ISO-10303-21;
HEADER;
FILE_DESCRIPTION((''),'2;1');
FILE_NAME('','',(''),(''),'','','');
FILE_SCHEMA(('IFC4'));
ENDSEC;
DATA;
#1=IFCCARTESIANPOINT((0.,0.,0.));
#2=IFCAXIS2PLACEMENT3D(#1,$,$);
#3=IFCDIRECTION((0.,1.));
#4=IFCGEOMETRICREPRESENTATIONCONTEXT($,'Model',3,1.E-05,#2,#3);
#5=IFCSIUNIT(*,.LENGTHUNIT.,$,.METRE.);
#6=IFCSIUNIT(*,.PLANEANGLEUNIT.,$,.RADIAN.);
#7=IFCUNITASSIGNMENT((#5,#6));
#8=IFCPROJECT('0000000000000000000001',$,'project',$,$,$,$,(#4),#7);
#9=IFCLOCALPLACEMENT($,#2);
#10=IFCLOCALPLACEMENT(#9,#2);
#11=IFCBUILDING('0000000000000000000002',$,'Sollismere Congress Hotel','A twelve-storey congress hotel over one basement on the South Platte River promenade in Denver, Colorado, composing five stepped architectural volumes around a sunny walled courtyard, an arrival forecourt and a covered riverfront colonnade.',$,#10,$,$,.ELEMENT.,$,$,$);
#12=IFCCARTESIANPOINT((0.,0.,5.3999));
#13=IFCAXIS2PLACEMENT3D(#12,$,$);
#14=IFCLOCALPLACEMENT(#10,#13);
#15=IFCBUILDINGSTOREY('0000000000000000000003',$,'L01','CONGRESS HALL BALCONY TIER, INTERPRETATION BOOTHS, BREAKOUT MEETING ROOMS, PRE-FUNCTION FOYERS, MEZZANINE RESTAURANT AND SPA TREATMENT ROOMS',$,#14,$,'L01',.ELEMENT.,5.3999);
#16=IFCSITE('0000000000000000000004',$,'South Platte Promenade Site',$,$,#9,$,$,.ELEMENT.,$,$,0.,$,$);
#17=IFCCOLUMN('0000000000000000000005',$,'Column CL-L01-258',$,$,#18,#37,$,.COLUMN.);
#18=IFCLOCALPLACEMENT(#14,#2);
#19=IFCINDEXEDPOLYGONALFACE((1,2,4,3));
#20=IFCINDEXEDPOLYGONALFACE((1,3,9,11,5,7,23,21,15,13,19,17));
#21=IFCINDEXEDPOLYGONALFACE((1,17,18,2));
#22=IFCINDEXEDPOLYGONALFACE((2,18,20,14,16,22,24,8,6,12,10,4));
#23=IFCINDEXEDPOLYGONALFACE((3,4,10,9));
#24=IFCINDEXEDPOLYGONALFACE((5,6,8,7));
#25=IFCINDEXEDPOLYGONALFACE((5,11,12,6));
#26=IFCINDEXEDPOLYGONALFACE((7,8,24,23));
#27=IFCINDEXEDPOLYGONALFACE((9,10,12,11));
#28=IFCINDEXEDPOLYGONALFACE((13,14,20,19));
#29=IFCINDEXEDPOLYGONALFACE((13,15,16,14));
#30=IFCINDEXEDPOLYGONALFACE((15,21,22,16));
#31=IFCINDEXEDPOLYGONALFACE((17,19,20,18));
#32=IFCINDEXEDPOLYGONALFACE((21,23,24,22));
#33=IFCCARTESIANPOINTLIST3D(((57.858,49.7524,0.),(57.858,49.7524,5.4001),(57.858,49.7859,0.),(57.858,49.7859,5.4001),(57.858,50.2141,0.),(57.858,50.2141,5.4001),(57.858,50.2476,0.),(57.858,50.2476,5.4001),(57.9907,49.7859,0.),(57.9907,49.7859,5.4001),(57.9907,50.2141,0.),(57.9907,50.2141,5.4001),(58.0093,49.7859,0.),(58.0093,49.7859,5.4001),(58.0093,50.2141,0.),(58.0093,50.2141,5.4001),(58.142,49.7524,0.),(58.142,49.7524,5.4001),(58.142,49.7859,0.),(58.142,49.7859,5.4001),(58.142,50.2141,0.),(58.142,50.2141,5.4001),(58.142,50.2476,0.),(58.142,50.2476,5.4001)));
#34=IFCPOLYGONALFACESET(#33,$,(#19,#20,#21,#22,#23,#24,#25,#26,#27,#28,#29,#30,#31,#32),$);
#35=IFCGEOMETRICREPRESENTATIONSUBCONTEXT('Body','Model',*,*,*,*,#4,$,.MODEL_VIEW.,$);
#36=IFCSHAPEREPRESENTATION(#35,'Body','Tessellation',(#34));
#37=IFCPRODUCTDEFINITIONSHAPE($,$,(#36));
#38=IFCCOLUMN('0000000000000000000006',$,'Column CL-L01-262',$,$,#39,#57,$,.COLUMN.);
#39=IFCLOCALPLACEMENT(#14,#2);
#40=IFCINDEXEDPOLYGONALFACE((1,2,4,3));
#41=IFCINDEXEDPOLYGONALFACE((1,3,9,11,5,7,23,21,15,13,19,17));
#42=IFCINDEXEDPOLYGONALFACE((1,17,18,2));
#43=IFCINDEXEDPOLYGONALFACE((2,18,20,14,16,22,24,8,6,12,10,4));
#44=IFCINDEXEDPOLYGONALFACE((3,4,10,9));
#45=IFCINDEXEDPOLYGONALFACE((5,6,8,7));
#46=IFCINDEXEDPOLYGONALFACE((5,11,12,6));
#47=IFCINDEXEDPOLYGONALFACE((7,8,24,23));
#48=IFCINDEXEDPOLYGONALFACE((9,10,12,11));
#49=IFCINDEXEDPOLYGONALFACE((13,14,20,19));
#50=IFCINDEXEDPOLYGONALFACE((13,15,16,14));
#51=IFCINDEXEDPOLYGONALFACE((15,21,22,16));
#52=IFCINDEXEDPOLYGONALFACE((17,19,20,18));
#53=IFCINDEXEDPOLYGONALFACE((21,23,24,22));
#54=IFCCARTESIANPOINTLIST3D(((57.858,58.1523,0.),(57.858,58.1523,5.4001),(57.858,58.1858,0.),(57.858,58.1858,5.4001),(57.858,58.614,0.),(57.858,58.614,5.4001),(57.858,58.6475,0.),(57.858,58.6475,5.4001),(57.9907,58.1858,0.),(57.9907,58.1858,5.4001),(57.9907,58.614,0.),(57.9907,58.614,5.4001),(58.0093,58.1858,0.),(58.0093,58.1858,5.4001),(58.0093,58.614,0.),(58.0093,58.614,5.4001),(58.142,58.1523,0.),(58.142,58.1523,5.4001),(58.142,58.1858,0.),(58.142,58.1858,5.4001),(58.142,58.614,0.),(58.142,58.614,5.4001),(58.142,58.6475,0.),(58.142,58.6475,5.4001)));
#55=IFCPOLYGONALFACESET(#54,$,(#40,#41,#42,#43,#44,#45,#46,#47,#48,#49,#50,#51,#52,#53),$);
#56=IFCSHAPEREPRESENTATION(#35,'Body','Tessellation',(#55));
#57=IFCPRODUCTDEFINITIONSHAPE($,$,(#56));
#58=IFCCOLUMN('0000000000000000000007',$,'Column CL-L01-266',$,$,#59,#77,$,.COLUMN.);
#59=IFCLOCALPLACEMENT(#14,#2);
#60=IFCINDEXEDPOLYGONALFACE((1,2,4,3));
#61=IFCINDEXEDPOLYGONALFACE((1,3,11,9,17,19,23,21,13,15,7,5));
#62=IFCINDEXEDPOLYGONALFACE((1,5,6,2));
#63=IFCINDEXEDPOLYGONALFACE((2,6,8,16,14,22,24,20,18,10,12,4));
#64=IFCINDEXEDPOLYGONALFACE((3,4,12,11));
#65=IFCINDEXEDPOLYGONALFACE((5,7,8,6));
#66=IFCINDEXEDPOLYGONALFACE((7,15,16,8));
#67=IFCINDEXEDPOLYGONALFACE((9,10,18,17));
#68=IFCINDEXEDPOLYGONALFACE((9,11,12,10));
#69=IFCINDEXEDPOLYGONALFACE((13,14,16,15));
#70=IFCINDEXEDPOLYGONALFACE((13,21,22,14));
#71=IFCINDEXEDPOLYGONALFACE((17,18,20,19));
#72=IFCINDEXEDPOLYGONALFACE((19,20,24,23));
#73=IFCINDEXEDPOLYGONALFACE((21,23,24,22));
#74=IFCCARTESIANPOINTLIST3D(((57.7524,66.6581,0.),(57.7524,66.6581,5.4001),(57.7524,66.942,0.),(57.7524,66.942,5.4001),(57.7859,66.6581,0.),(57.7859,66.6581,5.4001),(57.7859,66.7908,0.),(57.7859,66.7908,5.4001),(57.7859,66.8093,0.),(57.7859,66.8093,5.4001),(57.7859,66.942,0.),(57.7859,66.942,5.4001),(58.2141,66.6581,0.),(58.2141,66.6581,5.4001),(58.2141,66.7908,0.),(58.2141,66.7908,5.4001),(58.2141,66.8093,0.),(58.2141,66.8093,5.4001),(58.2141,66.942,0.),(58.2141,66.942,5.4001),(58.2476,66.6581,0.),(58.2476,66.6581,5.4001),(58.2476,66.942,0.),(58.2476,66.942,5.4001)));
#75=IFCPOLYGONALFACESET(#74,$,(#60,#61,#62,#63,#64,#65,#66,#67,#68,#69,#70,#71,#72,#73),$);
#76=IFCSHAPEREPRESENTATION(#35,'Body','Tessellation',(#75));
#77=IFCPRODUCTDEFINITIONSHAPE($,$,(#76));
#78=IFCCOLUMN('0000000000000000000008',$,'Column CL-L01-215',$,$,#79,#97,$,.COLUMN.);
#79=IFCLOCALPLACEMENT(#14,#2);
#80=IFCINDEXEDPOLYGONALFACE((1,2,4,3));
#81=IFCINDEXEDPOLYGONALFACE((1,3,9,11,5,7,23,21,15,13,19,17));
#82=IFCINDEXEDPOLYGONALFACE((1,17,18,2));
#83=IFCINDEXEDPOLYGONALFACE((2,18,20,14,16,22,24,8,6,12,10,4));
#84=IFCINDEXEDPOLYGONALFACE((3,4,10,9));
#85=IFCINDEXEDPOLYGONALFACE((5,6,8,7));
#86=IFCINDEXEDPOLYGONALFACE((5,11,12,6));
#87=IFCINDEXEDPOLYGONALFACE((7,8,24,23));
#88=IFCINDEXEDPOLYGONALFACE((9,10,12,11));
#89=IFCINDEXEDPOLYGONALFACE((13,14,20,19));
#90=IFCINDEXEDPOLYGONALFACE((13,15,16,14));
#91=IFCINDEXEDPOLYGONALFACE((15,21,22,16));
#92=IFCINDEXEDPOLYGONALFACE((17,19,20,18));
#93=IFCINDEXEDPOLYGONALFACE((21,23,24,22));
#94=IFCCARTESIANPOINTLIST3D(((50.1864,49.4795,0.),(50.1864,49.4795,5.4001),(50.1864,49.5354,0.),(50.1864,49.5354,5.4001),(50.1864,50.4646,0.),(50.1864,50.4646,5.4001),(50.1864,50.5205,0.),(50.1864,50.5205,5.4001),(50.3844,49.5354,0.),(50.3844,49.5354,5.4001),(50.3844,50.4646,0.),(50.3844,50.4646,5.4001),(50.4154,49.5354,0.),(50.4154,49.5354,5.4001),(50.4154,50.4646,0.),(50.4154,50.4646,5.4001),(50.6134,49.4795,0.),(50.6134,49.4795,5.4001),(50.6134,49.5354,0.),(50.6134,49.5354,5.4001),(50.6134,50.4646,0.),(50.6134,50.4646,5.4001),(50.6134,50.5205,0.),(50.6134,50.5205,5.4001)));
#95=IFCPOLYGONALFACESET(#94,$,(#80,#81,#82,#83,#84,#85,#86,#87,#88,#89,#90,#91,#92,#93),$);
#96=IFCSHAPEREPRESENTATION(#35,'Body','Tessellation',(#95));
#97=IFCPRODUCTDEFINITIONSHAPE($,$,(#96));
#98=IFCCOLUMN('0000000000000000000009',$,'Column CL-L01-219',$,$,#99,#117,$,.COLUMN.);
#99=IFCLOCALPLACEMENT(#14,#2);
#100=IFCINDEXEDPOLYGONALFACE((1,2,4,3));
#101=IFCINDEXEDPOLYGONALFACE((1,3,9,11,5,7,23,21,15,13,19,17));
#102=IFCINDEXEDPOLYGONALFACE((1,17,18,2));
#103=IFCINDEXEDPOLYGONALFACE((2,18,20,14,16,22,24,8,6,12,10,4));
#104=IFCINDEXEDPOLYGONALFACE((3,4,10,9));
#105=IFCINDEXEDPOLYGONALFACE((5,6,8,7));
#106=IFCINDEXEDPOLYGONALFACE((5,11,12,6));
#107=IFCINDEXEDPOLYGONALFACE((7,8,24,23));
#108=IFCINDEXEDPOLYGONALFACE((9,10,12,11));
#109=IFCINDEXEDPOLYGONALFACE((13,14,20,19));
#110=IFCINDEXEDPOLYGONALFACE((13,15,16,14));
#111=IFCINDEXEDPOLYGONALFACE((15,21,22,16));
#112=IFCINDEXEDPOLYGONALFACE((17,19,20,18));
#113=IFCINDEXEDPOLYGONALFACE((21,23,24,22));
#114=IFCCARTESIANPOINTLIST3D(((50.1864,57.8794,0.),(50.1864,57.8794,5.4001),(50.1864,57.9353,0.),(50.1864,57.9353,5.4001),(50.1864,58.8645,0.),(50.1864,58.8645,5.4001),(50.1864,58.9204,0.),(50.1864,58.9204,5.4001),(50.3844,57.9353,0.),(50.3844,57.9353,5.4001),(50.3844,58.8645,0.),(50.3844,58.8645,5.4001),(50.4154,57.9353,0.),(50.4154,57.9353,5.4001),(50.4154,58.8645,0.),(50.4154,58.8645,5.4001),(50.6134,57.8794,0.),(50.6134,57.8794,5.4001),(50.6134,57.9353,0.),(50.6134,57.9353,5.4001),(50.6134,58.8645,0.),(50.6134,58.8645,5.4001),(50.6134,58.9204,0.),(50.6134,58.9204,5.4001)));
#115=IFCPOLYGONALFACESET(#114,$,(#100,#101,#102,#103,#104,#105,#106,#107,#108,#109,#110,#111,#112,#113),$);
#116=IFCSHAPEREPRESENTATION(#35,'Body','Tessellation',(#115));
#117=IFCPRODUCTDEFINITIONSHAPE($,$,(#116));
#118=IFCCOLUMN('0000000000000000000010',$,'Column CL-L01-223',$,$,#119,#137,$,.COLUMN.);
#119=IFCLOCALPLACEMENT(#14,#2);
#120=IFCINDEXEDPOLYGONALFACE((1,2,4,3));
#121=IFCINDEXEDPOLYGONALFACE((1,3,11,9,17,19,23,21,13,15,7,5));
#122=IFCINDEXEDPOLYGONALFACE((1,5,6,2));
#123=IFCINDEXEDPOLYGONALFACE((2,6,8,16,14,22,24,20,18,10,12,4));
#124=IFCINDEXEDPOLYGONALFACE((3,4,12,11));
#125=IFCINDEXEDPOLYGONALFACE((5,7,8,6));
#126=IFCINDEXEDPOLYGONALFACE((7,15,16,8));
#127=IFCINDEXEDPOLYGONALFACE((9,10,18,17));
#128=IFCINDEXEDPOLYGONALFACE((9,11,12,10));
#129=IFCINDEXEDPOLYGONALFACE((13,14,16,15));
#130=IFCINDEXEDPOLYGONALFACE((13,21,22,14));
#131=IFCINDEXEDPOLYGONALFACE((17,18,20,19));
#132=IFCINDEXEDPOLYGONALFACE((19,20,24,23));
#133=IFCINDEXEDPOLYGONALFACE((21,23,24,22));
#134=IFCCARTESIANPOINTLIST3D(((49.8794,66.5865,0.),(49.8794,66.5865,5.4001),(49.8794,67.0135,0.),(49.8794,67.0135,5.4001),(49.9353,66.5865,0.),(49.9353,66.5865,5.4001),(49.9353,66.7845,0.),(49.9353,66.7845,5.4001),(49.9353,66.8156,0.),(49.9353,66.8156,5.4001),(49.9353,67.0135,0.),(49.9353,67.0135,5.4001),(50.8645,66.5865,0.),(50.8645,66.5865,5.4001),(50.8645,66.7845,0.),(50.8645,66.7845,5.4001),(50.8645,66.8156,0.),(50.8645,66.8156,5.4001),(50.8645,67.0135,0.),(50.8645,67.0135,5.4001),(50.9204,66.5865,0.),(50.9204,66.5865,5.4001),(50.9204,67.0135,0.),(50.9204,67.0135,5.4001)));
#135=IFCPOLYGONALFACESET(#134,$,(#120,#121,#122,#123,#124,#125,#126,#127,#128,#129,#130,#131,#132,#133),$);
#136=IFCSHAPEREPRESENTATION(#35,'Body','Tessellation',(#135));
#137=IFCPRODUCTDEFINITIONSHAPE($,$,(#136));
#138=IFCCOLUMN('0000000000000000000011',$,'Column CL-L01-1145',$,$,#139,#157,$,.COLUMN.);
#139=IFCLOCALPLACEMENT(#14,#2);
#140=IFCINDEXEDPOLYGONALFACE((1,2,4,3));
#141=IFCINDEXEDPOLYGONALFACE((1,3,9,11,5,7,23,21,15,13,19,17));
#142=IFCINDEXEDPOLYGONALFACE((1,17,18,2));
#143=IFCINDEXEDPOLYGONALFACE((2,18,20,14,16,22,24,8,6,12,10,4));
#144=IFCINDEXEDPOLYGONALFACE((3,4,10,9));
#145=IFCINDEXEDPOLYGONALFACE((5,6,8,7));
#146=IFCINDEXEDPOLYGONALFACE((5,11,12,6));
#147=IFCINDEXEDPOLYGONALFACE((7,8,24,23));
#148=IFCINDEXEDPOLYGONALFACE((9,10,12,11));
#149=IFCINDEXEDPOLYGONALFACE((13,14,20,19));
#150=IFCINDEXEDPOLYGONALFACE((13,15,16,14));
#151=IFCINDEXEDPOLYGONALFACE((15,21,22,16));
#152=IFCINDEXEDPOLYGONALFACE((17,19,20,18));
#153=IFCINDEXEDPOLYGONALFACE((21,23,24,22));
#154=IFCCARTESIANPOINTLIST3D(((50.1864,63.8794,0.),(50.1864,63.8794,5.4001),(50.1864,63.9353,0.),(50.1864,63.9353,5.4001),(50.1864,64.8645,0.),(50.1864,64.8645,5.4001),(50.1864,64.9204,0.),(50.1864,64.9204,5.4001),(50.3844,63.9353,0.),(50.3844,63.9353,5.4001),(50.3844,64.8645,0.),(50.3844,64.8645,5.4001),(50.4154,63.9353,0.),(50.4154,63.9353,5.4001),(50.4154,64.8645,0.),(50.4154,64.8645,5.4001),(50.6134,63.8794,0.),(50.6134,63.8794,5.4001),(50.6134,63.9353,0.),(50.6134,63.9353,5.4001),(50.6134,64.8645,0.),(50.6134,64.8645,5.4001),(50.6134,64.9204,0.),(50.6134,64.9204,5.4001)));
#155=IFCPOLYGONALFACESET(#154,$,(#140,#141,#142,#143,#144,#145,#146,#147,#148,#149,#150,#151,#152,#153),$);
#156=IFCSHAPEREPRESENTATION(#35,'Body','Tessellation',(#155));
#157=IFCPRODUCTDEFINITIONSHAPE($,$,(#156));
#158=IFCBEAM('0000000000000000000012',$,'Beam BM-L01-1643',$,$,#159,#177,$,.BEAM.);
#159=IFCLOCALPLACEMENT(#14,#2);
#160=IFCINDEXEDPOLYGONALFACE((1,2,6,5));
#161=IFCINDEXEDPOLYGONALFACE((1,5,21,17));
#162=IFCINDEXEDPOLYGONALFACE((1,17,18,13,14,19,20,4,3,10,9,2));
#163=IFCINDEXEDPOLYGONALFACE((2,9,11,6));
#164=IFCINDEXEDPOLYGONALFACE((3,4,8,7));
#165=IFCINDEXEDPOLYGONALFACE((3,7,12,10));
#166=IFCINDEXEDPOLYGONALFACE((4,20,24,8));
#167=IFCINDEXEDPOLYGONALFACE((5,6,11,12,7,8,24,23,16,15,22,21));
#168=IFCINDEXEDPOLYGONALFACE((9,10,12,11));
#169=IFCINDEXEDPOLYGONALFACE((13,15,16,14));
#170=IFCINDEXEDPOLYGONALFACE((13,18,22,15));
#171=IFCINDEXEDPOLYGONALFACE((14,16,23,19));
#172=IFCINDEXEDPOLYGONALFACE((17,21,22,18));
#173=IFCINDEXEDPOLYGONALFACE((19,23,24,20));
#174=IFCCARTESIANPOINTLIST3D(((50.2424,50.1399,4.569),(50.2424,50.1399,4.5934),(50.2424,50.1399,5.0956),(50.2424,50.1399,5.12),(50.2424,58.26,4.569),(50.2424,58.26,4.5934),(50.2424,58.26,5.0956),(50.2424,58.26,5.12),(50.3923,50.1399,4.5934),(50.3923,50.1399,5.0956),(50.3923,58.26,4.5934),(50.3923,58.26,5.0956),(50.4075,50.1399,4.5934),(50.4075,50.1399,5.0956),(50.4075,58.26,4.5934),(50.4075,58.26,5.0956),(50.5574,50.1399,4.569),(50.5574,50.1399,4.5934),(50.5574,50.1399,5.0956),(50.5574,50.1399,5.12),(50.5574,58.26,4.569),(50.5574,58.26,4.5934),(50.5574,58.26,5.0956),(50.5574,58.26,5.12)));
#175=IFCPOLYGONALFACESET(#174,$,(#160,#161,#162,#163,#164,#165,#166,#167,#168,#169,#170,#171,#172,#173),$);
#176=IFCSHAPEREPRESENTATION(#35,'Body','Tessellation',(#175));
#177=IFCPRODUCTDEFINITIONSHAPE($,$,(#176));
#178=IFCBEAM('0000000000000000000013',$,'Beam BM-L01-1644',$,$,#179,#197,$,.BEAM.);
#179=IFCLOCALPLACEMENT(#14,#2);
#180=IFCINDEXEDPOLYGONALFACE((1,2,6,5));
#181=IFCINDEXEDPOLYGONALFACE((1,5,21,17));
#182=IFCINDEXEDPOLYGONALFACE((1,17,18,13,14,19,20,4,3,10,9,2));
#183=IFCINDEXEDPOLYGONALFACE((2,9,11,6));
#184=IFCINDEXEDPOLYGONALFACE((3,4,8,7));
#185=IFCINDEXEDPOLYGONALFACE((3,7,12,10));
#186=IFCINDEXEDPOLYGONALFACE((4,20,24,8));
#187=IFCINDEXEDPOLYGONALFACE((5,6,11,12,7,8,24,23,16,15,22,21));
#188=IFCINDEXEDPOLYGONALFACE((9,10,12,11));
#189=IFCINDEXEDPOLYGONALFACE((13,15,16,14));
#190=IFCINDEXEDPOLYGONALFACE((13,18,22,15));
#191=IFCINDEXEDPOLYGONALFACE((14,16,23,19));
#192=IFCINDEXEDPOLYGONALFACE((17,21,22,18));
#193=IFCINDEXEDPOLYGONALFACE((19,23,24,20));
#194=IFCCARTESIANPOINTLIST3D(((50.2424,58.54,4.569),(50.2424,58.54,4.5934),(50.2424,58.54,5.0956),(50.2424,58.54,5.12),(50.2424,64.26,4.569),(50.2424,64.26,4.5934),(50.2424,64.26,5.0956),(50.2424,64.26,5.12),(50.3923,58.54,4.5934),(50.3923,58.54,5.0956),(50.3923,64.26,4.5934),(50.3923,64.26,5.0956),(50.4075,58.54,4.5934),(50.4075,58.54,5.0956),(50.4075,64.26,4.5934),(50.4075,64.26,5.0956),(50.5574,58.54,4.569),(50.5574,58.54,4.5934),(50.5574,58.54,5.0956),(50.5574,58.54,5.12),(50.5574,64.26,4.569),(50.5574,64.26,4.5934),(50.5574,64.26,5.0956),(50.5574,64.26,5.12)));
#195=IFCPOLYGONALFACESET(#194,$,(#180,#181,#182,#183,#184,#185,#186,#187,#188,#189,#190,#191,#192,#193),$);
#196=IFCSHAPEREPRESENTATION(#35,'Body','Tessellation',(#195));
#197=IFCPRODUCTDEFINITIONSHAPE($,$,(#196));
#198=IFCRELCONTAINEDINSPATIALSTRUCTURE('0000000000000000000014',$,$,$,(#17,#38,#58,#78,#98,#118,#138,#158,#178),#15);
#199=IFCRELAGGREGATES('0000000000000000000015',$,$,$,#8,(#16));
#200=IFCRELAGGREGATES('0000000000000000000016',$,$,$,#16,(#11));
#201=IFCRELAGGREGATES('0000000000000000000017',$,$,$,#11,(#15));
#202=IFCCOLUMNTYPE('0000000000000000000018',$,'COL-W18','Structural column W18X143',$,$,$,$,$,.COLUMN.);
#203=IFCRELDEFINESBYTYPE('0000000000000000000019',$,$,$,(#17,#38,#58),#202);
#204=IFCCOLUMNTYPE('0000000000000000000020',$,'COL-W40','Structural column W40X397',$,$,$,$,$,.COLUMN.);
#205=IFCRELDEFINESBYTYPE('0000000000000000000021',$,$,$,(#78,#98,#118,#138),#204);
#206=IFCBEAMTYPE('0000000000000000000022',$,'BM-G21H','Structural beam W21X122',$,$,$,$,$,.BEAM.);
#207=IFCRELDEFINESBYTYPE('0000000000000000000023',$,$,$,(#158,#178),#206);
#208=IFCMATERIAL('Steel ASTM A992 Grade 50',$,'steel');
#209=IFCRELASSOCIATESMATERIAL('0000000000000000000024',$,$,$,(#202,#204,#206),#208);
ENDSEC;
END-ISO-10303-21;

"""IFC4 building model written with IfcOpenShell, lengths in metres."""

from ifc_helpers import new_model, si_unit, direction, frame, origin, origin_2d, place, context, subcontext, project, spatial, i_section, extrude, material, material_profile, profile_set, type_object, element, save


model = new_model("IFC4")

# Units and contexts
model_context = context("Model", 3, precision=1e-05, world=origin(), true_north=direction((0.0, 1.0)))
body_context = subcontext(model_context, "Body", "Model", "MODEL_VIEW")
ifc_project = project(units=[si_unit("LENGTHUNIT", "METRE"), si_unit("PLANEANGLEUNIT", "RADIAN")], contexts=[model_context])

# Site, building, storey
site_placement = place(None, origin())
site = spatial("IfcSite", under=ifc_project, at=site_placement, Name="South Platte Promenade Site", CompositionType="ELEMENT", RefElevation=0.0)
building_placement = place(site_placement, origin())
building = spatial("IfcBuilding", under=site, at=building_placement, Name="Sollismere Congress Hotel", Description="A twelve-storey congress hotel over one basement on the South Platte River promenade in Denver, Colorado, composing five stepped architectural volumes around a sunny walled courtyard, an arrival forecourt and a covered riverfront colonnade.", CompositionType="ELEMENT")
storey_placement = place(building_placement, frame((0.0, 0.0, 5.3999)))
storey = spatial("IfcBuildingStorey", under=building, at=storey_placement, Name="L01", Description="CONGRESS HALL BALCONY TIER, INTERPRETATION BOOTHS, BREAKOUT MEETING ROOMS, PRE-FUNCTION FOYERS, MEZZANINE RESTAURANT AND SPA TREATMENT ROOMS", LongName="L01", CompositionType="ELEMENT", Elevation=5.3999)

# Columns
ifc_material_1 = material(Name="Steel ASTM A992 Grade 50", Category="steel")
ifc_material_profile_1 = material_profile(ifc_material_1, i_section(OverallWidth=0.2839, OverallDepth=0.4951, WebThickness=0.0186, FlangeThickness=0.0334, at=origin_2d()), Name="W18X143")
ifc_profile_set_1 = profile_set([ifc_material_profile_1], Name="Steel ASTM A992 Grade 50")
column_type_1 = type_object("IfcColumnType", Name="COL-W18", Description="Structural column W18X143", PredefinedType="COLUMN", material=ifc_profile_set_1)
for number, where, z_axis, x_axis, name in (
    (1, (58.0, 50.0, 0.0), (0.0, 0.0, 1.0), (1.0, 0.0, 0.0), "Column CL-L01-258"),
    (2, (58.0, 58.3999, 0.0), (0.0, 0.0, 1.0), (1.0, 0.0, 0.0), "Column CL-L01-262"),
    (3, (58.0, 66.8, 0.0), (0.0, 0.0, 1.0), (0.0, 1.0, 0.0), "Column CL-L01-266"),
):
    element("IfcColumn", number, at=place(storey_placement, frame(where, z_axis=z_axis, x_axis=x_axis)), inside=storey, type_object=column_type_1, Name=name, PredefinedType="COLUMN", context=body_context, shape_type="SweptSolid", body=[
        extrude(i_section(OverallWidth=0.2839, OverallDepth=0.4951, WebThickness=0.0186, FlangeThickness=0.0334, at=origin_2d()), origin(), (0.0, 0.0, 1.0), 5.4001),
    ])
ifc_material_profile_2 = material_profile(ifc_material_1, i_section(OverallWidth=0.427, OverallDepth=1.041, WebThickness=0.031, FlangeThickness=0.0559, at=origin_2d()), Name="W40X397")
ifc_profile_set_2 = profile_set([ifc_material_profile_2], Name="Steel ASTM A992 Grade 50")
column_type_2 = type_object("IfcColumnType", Name="COL-W40", Description="Structural column W40X397", PredefinedType="COLUMN", material=ifc_profile_set_2)
for number, where, z_axis, x_axis, name in (
    (4, (50.3999, 50.0, 0.0), (0.0, 0.0, 1.0), (1.0, 0.0, 0.0), "Column CL-L01-215"),
    (5, (50.3999, 58.3999, 0.0), (0.0, 0.0, 1.0), (1.0, 0.0, 0.0), "Column CL-L01-219"),
    (6, (50.3999, 66.8, 0.0), (0.0, 0.0, 1.0), (0.0, 1.0, 0.0), "Column CL-L01-223"),
    (7, (50.3999, 64.3999, 0.0), (0.0, 0.0, 1.0), (1.0, 0.0, 0.0), "Column CL-L01-1145"),
):
    element("IfcColumn", number, at=place(storey_placement, frame(where, z_axis=z_axis, x_axis=x_axis)), inside=storey, type_object=column_type_2, Name=name, PredefinedType="COLUMN", context=body_context, shape_type="SweptSolid", body=[
        extrude(i_section(OverallWidth=0.427, OverallDepth=1.041, WebThickness=0.031, FlangeThickness=0.0559, at=origin_2d()), origin(), (0.0, 0.0, 1.0), 5.4001),
    ])

# Beams
ifc_material_profile_3 = material_profile(ifc_material_1, i_section(OverallWidth=0.3149, OverallDepth=0.551, WebThickness=0.0151, FlangeThickness=0.0244, at=origin_2d()), Name="W21X122")
ifc_profile_set_3 = profile_set([ifc_material_profile_3], Name="Steel ASTM A992 Grade 50")
beam_type_1 = type_object("IfcBeamType", Name="BM-G21H", Description="Structural beam W21X122", PredefinedType="BEAM", material=ifc_profile_set_3)
beam_1_placement = place(storey_placement, frame((50.3999, 50.1399, 4.8445), z_axis=(0.0, 1.0, 0.0), x_axis=(-1.0, 0.0, 0.0)))
element("IfcBeam", 8, at=beam_1_placement, inside=storey, type_object=beam_type_1, Name="Beam BM-L01-1643", PredefinedType="BEAM", context=body_context, shape_type="SweptSolid", body=[
    extrude(i_section(OverallWidth=0.3149, OverallDepth=0.551, WebThickness=0.0151, FlangeThickness=0.0244, at=origin_2d()), origin(), (0.0, 0.0, 1.0), 8.1201),
])
beam_2_placement = place(storey_placement, frame((50.3999, 58.54, 4.8445), z_axis=(0.0, 1.0, 0.0), x_axis=(-1.0, 0.0, 0.0)))
element("IfcBeam", 9, at=beam_2_placement, inside=storey, type_object=beam_type_1, Name="Beam BM-L01-1644", PredefinedType="BEAM", context=body_context, shape_type="SweptSolid", body=[
    extrude(i_section(OverallWidth=0.3149, OverallDepth=0.551, WebThickness=0.0151, FlangeThickness=0.0244, at=origin_2d()), origin(), (0.0, 0.0, 1.0), 5.72),
])

save(model, "model.ifc")
